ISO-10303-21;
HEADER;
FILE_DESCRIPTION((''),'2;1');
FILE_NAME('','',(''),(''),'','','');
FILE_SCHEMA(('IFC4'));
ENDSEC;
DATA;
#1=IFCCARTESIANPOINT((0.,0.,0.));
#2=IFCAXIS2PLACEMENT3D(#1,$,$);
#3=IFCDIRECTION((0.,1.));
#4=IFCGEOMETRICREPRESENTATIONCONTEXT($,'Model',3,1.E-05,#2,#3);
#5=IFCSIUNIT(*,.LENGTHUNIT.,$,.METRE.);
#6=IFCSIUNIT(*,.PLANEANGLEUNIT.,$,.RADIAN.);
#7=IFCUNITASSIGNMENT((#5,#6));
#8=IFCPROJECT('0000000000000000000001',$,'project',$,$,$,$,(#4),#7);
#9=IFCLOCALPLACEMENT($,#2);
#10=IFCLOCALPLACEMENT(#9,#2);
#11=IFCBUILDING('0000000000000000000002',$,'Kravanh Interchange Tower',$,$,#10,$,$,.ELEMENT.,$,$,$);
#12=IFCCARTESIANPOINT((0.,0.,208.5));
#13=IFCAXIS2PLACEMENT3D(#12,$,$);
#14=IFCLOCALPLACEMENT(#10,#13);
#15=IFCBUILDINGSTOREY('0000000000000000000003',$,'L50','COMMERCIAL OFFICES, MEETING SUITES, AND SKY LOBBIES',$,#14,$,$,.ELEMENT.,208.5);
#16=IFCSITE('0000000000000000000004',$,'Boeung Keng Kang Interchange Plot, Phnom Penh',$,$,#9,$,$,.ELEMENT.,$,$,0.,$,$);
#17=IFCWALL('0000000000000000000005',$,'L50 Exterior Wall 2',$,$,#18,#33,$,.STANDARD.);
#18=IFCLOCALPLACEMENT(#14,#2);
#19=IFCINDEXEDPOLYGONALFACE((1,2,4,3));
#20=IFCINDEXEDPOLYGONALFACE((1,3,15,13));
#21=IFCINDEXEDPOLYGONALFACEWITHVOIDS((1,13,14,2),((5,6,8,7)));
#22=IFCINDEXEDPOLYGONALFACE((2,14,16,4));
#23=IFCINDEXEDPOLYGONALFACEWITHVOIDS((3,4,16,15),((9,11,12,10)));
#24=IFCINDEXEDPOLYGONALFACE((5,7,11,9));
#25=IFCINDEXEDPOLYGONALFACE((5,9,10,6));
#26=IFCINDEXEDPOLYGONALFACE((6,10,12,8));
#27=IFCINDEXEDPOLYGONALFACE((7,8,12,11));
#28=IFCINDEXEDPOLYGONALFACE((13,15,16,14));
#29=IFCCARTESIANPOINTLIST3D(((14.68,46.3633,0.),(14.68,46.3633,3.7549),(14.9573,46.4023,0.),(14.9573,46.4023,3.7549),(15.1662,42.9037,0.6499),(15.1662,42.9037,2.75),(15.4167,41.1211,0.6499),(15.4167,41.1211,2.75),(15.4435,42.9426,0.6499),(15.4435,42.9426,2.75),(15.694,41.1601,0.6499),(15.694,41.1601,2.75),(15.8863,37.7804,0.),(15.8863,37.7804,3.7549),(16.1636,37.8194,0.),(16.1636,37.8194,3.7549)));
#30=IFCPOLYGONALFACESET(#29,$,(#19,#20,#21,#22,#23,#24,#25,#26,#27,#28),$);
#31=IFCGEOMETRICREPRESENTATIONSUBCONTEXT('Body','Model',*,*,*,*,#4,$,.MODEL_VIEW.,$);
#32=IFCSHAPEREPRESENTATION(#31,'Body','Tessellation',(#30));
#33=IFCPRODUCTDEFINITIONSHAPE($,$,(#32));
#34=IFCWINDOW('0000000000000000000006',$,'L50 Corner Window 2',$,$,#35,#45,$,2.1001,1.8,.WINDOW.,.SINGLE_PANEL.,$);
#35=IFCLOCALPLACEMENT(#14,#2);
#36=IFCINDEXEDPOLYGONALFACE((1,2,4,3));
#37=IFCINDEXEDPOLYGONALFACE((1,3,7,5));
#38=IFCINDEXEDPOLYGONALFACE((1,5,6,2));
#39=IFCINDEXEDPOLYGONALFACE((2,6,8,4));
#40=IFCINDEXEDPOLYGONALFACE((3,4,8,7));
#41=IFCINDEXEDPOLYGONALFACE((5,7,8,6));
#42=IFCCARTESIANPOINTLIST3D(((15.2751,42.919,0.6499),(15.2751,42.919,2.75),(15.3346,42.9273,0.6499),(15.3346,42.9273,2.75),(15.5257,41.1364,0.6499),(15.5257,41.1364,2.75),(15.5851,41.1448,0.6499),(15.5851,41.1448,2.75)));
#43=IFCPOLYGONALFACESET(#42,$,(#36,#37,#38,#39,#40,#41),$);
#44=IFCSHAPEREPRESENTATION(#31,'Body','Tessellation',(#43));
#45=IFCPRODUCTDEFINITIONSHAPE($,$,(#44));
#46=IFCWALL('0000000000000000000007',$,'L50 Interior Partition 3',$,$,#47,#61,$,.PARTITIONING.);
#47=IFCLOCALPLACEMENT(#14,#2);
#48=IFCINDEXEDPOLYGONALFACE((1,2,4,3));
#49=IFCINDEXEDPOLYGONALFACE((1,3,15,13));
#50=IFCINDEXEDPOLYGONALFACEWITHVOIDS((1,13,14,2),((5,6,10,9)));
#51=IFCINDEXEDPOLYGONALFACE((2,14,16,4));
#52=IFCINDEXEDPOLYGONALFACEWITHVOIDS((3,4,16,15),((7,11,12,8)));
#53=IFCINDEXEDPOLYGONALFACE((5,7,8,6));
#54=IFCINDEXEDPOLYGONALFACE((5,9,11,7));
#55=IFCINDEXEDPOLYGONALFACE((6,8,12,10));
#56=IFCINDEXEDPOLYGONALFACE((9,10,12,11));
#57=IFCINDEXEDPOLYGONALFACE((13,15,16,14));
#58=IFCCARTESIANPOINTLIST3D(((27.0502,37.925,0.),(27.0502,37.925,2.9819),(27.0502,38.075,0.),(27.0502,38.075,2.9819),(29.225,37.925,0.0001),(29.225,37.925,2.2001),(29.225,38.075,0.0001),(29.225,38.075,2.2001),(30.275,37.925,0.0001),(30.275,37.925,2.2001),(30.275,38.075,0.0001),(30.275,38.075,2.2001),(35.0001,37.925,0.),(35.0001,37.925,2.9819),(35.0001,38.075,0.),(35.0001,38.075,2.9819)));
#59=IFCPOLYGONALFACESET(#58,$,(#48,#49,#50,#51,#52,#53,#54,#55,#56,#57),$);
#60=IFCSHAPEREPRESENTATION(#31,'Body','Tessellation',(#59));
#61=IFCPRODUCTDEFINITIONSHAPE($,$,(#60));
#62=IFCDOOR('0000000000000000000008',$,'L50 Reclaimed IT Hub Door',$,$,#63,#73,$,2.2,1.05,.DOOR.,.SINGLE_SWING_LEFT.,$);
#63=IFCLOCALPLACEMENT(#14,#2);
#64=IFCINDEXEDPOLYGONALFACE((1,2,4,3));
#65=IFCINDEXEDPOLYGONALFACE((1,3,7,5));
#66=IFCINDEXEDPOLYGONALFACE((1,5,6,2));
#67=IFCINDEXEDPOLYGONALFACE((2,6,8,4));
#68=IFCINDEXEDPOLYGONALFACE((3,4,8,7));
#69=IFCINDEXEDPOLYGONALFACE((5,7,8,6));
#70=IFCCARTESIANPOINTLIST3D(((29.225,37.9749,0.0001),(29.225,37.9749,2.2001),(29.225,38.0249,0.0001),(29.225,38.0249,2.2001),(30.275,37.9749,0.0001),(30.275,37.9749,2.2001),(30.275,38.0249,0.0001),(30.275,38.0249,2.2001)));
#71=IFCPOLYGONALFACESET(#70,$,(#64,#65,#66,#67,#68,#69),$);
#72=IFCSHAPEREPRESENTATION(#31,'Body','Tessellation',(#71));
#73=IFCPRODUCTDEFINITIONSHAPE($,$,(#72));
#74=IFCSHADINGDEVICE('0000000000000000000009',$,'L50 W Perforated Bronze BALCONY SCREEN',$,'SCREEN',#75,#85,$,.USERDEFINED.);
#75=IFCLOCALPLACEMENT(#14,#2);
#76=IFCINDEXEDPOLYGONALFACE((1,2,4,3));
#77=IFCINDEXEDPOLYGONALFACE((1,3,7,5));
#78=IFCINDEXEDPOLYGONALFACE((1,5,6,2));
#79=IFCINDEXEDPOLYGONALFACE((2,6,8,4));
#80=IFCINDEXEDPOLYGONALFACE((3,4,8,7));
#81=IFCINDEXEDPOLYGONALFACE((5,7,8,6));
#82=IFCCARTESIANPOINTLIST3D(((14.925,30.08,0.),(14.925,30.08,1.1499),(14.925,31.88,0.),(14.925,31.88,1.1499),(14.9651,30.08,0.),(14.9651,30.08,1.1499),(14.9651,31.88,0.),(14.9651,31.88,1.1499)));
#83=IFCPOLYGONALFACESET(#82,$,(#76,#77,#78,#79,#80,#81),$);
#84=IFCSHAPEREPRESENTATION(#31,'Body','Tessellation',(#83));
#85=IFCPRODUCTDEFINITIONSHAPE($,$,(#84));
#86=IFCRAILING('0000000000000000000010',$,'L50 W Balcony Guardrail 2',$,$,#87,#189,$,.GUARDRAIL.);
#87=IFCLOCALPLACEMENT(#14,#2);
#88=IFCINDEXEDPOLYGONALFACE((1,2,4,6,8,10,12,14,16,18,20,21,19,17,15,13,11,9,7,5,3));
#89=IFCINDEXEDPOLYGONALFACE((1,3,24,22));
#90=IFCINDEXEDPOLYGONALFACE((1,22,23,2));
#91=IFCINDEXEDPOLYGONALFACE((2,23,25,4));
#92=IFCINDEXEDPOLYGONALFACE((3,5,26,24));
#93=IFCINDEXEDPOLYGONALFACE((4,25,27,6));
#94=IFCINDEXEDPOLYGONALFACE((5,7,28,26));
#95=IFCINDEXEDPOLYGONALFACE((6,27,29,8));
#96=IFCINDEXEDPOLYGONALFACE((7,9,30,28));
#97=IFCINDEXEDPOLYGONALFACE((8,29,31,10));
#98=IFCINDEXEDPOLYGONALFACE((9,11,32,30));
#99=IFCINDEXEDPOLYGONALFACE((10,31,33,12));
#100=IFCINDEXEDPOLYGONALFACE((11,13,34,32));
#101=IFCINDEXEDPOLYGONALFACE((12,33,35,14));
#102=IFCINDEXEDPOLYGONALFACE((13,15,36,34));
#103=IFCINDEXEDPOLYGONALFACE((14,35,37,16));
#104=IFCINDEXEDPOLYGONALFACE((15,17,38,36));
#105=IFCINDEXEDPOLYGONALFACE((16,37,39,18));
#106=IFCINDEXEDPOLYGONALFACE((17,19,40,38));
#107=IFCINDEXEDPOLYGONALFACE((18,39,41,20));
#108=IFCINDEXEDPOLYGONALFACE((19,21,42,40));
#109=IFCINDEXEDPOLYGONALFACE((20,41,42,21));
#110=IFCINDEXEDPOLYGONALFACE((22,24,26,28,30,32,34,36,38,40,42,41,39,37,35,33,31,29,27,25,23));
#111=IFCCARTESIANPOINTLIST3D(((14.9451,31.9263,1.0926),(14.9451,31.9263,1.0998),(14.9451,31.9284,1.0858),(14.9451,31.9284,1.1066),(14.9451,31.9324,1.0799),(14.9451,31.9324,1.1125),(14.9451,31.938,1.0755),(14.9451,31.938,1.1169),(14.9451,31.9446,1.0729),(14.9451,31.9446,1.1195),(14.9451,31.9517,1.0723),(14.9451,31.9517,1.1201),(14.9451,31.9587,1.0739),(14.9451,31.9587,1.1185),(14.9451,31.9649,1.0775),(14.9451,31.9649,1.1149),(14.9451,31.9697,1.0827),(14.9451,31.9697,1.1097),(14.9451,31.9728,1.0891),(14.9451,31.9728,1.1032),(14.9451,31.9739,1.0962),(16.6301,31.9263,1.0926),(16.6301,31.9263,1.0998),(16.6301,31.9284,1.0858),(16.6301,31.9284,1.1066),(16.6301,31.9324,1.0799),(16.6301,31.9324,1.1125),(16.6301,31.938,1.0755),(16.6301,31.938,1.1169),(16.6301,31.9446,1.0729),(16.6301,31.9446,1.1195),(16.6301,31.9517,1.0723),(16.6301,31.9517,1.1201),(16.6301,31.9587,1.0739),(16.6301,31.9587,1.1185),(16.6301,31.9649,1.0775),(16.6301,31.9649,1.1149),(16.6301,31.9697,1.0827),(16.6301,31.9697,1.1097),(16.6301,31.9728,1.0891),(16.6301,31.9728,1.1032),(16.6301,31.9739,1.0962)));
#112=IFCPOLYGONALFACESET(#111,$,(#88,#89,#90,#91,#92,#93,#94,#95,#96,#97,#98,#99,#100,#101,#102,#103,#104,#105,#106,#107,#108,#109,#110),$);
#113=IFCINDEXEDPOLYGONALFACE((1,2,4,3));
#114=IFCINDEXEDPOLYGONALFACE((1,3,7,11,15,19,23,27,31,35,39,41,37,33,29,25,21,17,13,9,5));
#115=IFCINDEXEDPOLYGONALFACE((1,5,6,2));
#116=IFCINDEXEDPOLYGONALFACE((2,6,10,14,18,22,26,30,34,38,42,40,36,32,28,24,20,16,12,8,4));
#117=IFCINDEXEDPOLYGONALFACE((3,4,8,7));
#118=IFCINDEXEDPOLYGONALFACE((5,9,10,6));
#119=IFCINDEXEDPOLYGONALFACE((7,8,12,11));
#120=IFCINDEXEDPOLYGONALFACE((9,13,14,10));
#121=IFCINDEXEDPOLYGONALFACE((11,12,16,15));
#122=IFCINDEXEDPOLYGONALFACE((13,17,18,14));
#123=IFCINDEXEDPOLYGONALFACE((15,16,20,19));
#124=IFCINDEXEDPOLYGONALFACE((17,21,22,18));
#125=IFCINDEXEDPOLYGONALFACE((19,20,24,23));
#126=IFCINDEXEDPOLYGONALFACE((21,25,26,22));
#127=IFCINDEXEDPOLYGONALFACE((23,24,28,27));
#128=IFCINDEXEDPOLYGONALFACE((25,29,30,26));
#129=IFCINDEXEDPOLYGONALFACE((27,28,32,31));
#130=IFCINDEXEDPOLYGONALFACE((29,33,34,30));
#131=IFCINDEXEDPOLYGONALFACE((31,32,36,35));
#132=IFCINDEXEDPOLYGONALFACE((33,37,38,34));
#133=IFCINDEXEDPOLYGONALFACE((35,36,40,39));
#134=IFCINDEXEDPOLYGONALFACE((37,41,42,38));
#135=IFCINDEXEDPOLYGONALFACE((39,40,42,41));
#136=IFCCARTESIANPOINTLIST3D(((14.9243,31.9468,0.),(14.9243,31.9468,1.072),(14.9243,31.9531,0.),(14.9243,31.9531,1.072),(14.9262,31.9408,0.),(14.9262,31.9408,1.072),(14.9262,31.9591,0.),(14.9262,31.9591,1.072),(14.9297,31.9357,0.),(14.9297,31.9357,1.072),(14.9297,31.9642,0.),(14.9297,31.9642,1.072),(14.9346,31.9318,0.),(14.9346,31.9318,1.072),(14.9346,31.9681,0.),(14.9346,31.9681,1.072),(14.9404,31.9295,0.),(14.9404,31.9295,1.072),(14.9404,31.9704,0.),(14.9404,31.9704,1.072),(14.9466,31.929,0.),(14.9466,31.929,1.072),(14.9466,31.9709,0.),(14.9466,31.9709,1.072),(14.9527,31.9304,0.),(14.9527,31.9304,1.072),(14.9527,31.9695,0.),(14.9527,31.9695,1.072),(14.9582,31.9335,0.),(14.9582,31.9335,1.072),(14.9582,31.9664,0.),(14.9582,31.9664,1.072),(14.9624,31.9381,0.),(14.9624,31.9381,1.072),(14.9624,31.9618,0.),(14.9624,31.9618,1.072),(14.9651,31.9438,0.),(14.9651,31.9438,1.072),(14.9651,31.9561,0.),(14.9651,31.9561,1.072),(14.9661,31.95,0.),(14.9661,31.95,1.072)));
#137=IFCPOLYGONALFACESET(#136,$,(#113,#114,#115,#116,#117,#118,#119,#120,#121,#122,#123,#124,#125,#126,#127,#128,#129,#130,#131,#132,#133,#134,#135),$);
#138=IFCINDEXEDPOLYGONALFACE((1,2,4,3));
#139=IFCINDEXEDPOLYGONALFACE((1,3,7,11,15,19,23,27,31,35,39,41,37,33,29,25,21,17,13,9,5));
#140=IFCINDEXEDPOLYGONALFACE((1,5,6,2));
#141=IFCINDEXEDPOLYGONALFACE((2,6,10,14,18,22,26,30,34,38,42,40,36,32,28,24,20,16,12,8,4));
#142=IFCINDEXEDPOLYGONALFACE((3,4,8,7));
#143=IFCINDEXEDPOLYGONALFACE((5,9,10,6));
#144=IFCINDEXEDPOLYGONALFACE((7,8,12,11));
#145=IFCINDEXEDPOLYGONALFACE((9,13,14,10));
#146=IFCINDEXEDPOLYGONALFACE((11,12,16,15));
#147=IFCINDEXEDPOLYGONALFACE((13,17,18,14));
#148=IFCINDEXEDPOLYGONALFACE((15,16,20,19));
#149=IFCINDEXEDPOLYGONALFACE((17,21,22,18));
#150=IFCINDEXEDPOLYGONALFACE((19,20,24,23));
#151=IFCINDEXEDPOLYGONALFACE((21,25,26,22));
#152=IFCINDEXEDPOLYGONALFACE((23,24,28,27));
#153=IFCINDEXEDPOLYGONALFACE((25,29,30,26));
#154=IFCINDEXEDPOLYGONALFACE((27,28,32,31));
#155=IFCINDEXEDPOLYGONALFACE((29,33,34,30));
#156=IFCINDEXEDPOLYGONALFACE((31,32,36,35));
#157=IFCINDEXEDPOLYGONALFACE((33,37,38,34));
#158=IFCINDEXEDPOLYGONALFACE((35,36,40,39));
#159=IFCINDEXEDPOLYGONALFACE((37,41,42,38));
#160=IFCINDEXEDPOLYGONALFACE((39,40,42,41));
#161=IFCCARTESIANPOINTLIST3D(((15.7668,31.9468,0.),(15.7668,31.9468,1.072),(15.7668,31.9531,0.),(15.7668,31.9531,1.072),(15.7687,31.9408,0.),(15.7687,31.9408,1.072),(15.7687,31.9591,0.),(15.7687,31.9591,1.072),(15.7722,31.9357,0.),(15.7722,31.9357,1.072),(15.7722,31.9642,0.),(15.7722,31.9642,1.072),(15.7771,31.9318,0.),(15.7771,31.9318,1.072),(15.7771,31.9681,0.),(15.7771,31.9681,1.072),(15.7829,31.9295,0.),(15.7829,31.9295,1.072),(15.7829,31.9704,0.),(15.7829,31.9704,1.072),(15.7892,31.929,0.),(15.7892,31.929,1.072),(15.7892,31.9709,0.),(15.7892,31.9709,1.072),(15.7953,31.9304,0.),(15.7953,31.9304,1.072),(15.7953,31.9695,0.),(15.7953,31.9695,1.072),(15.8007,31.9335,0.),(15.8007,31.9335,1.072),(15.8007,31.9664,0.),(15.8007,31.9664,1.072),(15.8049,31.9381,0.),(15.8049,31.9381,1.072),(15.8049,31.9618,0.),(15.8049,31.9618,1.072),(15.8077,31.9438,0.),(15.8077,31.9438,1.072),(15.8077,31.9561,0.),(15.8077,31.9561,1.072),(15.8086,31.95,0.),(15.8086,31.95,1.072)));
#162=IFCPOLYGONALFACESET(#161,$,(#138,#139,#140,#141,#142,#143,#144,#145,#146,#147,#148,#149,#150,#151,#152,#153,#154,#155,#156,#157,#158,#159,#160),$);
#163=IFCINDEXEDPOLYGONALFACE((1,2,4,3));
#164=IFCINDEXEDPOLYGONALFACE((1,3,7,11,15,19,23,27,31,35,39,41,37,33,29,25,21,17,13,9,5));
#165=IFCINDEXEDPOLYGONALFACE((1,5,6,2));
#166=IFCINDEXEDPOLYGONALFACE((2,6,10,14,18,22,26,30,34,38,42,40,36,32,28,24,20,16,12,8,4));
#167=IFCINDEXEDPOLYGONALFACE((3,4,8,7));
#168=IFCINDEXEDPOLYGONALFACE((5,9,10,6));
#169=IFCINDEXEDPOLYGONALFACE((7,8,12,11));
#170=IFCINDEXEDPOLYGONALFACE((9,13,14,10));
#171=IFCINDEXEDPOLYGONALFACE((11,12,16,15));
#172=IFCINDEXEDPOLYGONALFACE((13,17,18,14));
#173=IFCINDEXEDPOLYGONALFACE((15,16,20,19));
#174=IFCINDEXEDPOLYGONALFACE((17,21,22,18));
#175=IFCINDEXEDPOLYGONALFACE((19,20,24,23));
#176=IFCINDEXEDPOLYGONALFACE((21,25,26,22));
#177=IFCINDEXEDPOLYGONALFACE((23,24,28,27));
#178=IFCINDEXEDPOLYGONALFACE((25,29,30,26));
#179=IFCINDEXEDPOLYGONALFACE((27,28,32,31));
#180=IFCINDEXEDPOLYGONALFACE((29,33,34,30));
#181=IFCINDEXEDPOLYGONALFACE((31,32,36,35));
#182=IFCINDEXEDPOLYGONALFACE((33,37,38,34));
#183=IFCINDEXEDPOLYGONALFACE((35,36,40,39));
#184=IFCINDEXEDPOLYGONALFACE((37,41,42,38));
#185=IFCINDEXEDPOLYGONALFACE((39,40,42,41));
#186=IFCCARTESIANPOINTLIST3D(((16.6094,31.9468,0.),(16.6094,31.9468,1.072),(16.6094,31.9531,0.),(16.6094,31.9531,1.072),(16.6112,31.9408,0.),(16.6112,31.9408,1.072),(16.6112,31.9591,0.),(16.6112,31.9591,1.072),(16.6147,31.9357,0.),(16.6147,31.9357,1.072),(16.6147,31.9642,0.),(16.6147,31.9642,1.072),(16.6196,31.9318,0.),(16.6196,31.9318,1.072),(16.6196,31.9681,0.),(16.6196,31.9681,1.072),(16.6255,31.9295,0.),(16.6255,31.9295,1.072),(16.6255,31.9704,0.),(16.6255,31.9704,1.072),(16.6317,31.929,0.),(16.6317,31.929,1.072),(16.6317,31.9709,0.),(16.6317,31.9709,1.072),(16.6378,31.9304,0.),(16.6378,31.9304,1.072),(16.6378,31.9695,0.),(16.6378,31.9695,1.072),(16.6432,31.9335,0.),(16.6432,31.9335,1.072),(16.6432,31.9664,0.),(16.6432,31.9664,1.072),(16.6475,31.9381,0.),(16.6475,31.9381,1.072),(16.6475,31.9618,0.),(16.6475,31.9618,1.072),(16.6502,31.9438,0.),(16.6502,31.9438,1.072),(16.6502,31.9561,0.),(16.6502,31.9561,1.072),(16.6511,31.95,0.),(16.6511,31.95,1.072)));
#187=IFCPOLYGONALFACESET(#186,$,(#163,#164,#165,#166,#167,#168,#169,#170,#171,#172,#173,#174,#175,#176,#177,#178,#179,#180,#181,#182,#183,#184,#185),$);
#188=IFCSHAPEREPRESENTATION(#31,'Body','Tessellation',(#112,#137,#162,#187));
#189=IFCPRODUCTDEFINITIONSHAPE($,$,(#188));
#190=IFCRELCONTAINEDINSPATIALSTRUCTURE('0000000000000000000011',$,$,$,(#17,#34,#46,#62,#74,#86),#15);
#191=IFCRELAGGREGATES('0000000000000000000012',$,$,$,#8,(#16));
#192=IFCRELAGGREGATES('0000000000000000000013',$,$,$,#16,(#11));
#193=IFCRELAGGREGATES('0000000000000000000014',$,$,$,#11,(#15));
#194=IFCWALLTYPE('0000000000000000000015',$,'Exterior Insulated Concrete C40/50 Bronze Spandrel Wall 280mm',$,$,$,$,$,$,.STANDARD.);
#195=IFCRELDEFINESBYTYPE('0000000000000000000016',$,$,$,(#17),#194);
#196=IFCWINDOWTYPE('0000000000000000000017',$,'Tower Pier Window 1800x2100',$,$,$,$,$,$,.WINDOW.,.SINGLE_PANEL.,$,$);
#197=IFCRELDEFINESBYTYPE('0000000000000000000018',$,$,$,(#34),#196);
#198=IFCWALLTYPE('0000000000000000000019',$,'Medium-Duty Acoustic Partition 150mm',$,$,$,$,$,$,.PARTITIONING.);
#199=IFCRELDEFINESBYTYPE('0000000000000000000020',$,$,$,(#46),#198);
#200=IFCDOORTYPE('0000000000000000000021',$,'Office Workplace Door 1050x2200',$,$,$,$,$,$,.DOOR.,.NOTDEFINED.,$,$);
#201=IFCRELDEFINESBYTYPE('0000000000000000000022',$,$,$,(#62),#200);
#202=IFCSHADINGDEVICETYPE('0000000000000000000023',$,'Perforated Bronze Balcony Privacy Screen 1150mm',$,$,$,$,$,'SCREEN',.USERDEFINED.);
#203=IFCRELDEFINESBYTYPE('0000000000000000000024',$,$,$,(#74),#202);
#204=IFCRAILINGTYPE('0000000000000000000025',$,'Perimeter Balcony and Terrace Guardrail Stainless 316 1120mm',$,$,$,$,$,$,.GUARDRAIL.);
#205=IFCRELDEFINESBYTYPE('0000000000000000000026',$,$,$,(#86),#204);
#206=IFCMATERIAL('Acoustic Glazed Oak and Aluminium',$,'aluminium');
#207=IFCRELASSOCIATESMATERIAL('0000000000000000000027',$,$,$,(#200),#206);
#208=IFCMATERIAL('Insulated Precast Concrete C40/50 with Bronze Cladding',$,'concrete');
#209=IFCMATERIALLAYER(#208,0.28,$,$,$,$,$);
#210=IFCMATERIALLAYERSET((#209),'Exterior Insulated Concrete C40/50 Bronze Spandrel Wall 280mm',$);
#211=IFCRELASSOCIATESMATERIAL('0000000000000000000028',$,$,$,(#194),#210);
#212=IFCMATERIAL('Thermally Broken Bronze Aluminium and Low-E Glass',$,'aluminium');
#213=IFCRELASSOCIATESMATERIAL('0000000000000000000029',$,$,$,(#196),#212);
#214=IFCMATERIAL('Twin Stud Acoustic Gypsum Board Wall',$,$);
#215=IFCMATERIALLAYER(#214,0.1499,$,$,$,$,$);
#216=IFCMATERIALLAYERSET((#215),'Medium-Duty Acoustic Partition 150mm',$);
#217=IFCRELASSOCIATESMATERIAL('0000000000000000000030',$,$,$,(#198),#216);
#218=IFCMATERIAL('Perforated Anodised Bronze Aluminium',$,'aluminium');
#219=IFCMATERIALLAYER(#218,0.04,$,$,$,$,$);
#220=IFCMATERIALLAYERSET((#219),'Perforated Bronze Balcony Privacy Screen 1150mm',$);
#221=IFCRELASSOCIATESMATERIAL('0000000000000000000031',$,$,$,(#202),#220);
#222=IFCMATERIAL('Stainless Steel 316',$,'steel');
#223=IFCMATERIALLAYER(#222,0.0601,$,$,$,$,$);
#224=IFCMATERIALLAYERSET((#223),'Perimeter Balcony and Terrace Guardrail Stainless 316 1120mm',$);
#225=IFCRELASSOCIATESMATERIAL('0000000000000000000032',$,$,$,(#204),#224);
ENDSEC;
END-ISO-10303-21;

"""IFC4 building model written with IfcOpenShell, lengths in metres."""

from ifc_helpers import new_model, si_unit, direction, frame, frame_2d, origin, origin_2d, place, context, subcontext, project, spatial, rectangle, circle, extrude, material, layer, layer_set, type_object, element, fill, save


model = new_model("IFC4")

# Units and contexts
model_context = context("Model", 3, precision=1e-05, world=origin(), true_north=direction((0.0, 1.0)))
body_context = subcontext(model_context, "Body", "Model", "MODEL_VIEW")
ifc_project = project(units=[si_unit("LENGTHUNIT", "METRE"), si_unit("PLANEANGLEUNIT", "RADIAN")], contexts=[model_context])

# Site, building, storey
site_placement = place(None, origin())
site = spatial("IfcSite", under=ifc_project, at=site_placement, Name="Boeung Keng Kang Interchange Plot, Phnom Penh", CompositionType="ELEMENT", RefElevation=0.0)
building_placement = place(site_placement, origin())
building = spatial("IfcBuilding", under=site, at=building_placement, Name="Kravanh Interchange Tower", CompositionType="ELEMENT")
storey_placement = place(building_placement, frame((0.0, 0.0, 208.5)))
storey = spatial("IfcBuildingStorey", under=building, at=storey_placement, Name="L50", Description="COMMERCIAL OFFICES, MEETING SUITES, AND SKY LOBBIES", CompositionType="ELEMENT", Elevation=208.5)

# Shared definitions
ifc_material_1 = material(Name="Acoustic Glazed Oak and Aluminium", Category="aluminium")
door_type_1 = type_object("IfcDoorType", Name="Office Workplace Door 1050x2200", OperationType="NOTDEFINED", PredefinedType="DOOR", material=ifc_material_1)

# Wall, opening, window
ifc_material_2 = material(Name="Insulated Precast Concrete C40/50 with Bronze Cladding", Category="concrete")
ifc_layer_1 = layer(ifc_material_2, 0.28)
ifc_layer_set_1 = layer_set([ifc_layer_1], Name="Exterior Insulated Concrete C40/50 Bronze Spandrel Wall 280mm")
wall_type_1 = type_object("IfcWallType", Name="Exterior Insulated Concrete C40/50 Bronze Spandrel Wall 280mm", PredefinedType="STANDARD", material=ifc_layer_set_1)
wall_1_placement = place(storey_placement, frame((16.0249, 37.8, 0.0), z_axis=(0.0, 0.0, 1.0), x_axis=(-0.139181, 0.990267, 0.0)))
wall_1 = element("IfcWall", 1, at=wall_1_placement, inside=storey, type_object=wall_type_1, Name="L50 Exterior Wall 2", PredefinedType="STANDARD", context=body_context, shape_type="SweptSolid", body=[
    extrude(rectangle(XDim=8.6672, YDim=0.28, at=frame_2d((4.3335, 0.0))), origin(), (0.0, 0.0, 1.0), 3.7549),
])
opening_1_placement = place(wall_1_placement, frame((3.3735, 0.0, 0.6499)))
opening_1 = element("IfcOpeningElement", 2, at=opening_1_placement, cuts=wall_1, PredefinedType="OPENING", context=body_context, shape_type="SweptSolid", body=[
    extrude(rectangle(XDim=1.8, YDim=2.1001, at=frame_2d((0.8999, 1.05))), frame((0.0, 0.1499, 0.0), z_axis=(0.0, -1.0, 0.0), x_axis=(1.0, 0.0, 0.0)), (0.0, 0.0, 1.0), 0.3),
])
ifc_material_3 = material(Name="Thermally Broken Bronze Aluminium and Low-E Glass", Category="aluminium")
window_type = type_object("IfcWindowType", Name="Tower Pier Window 1800x2100", PartitioningType="SINGLE_PANEL", PredefinedType="WINDOW", material=ifc_material_3)
window_placement = place(opening_1_placement, origin())
window = element("IfcWindow", 3, at=window_placement, inside=storey, type_object=window_type, Name="L50 Corner Window 2", OverallHeight=2.1001, OverallWidth=1.8, PartitioningType="SINGLE_PANEL", PredefinedType="WINDOW", context=body_context, shape_type="SweptSolid", body=[
    extrude(rectangle(XDim=1.8, YDim=2.1001, at=frame_2d((0.8999, 1.05))), frame((0.0, 0.03, 0.0), z_axis=(0.0, -1.0, 0.0), x_axis=(1.0, 0.0, 0.0)), (0.0, 0.0, 1.0), 0.0601),
])
fill(opening_1, window)

# Wall, opening, door
ifc_material_4 = material(Name="Twin Stud Acoustic Gypsum Board Wall")
ifc_layer_2 = layer(ifc_material_4, 0.1499)
ifc_layer_set_2 = layer_set([ifc_layer_2], Name="Medium-Duty Acoustic Partition 150mm")
wall_type_2 = type_object("IfcWallType", Name="Medium-Duty Acoustic Partition 150mm", PredefinedType="PARTITIONING", material=ifc_layer_set_2)
wall_2_placement = place(storey_placement, frame((27.05, 38.0, 0.0), z_axis=(0.0, 0.0, 1.0), x_axis=(1.0, 0.0, 0.0)))
wall_2 = element("IfcWall", 4, at=wall_2_placement, inside=storey, type_object=wall_type_2, Name="L50 Interior Partition 3", PredefinedType="PARTITIONING", context=body_context, shape_type="SweptSolid", body=[
    extrude(rectangle(XDim=7.95, YDim=0.1499, at=frame_2d((3.9751, 0.0))), origin(), (0.0, 0.0, 1.0), 2.9819),
])
opening_2_placement = place(wall_2_placement, frame((2.175, 0.0, 0.0)))
opening_2 = element("IfcOpeningElement", 5, at=opening_2_placement, cuts=wall_2, PredefinedType="OPENING", context=body_context, shape_type="SweptSolid", body=[
    extrude(rectangle(XDim=1.05, YDim=2.2, at=frame_2d((0.5249, 1.1001))), frame((0.0, 0.085, 0.0), z_axis=(0.0, -1.0, 0.0), x_axis=(1.0, 0.0, 0.0)), (0.0, 0.0, 1.0), 0.1699),
])
door_1_placement = place(opening_2_placement, origin())
door_1 = element("IfcDoor", 6, at=door_1_placement, inside=storey, type_object=door_type_1, Name="L50 Reclaimed IT Hub Door", OperationType="SINGLE_SWING_LEFT", OverallHeight=2.2, OverallWidth=1.05, PredefinedType="DOOR", context=body_context, shape_type="SweptSolid", body=[
    extrude(rectangle(XDim=1.05, YDim=2.2, at=frame_2d((0.5249, 1.1001))), frame((0.0, 0.0249, 0.0), z_axis=(0.0, -1.0, 0.0), x_axis=(1.0, 0.0, 0.0)), (0.0, 0.0, 1.0), 0.05),
])
fill(opening_2, door_1)

# Shading device
ifc_material_5 = material(Name="Perforated Anodised Bronze Aluminium", Category="aluminium")
ifc_layer_3 = layer(ifc_material_5, 0.04)
ifc_layer_set_3 = layer_set([ifc_layer_3], Name="Perforated Bronze Balcony Privacy Screen 1150mm")
shading_device_type = type_object("IfcShadingDeviceType", Name="Perforated Bronze Balcony Privacy Screen 1150mm", ElementType="SCREEN", PredefinedType="USERDEFINED", material=ifc_layer_set_3)
shading_device_placement = place(storey_placement, frame((14.9451, 30.98, 0.0), z_axis=(0.0, 0.0, 1.0), x_axis=(1.0, 0.0, 0.0)))
element("IfcShadingDevice", 7, at=shading_device_placement, inside=storey, type_object=shading_device_type, Name="L50 W Perforated Bronze BALCONY SCREEN", ObjectType="SCREEN", PredefinedType="USERDEFINED", context=body_context, shape_type="SweptSolid", body=[
    extrude(rectangle(XDim=0.04, YDim=1.8, at=origin_2d()), origin(), (0.0, 0.0, 1.0), 1.1499),
])

# Railing
ifc_material_6 = material(Name="Stainless Steel 316", Category="steel")
ifc_layer_4 = layer(ifc_material_6, 0.0601)
ifc_layer_set_4 = layer_set([ifc_layer_4], Name="Perimeter Balcony and Terrace Guardrail Stainless 316 1120mm")
railing_type = type_object("IfcRailingType", Name="Perimeter Balcony and Terrace Guardrail Stainless 316 1120mm", PredefinedType="GUARDRAIL", material=ifc_layer_set_4)
railing_placement = place(storey_placement, frame((14.9451, 31.95, 0.0)))
element("IfcRailing", 8, at=railing_placement, inside=storey, type_object=railing_type, Name="L50 W Balcony Guardrail 2", PredefinedType="GUARDRAIL", context=body_context, shape_type="SweptSolid", body=[
    extrude(circle(Radius=0.0239, at=origin_2d()), frame((0.0, 0.0, 1.0962), z_axis=(1.0, 0.0, 0.0), x_axis=(0.0, 1.0, 0.0)), (0.0, 0.0, 1.0), 1.6851),
    extrude(circle(Radius=0.021, at=origin_2d()), origin(), (0.0, 0.0, 1.0), 1.072),
    extrude(circle(Radius=0.021, at=origin_2d()), frame((0.8425, 0.0, 0.0)), (0.0, 0.0, 1.0), 1.072),
    extrude(circle(Radius=0.021, at=origin_2d()), frame((1.6851, 0.0, 0.0)), (0.0, 0.0, 1.0), 1.072),
])

save(model, "model.ifc")
